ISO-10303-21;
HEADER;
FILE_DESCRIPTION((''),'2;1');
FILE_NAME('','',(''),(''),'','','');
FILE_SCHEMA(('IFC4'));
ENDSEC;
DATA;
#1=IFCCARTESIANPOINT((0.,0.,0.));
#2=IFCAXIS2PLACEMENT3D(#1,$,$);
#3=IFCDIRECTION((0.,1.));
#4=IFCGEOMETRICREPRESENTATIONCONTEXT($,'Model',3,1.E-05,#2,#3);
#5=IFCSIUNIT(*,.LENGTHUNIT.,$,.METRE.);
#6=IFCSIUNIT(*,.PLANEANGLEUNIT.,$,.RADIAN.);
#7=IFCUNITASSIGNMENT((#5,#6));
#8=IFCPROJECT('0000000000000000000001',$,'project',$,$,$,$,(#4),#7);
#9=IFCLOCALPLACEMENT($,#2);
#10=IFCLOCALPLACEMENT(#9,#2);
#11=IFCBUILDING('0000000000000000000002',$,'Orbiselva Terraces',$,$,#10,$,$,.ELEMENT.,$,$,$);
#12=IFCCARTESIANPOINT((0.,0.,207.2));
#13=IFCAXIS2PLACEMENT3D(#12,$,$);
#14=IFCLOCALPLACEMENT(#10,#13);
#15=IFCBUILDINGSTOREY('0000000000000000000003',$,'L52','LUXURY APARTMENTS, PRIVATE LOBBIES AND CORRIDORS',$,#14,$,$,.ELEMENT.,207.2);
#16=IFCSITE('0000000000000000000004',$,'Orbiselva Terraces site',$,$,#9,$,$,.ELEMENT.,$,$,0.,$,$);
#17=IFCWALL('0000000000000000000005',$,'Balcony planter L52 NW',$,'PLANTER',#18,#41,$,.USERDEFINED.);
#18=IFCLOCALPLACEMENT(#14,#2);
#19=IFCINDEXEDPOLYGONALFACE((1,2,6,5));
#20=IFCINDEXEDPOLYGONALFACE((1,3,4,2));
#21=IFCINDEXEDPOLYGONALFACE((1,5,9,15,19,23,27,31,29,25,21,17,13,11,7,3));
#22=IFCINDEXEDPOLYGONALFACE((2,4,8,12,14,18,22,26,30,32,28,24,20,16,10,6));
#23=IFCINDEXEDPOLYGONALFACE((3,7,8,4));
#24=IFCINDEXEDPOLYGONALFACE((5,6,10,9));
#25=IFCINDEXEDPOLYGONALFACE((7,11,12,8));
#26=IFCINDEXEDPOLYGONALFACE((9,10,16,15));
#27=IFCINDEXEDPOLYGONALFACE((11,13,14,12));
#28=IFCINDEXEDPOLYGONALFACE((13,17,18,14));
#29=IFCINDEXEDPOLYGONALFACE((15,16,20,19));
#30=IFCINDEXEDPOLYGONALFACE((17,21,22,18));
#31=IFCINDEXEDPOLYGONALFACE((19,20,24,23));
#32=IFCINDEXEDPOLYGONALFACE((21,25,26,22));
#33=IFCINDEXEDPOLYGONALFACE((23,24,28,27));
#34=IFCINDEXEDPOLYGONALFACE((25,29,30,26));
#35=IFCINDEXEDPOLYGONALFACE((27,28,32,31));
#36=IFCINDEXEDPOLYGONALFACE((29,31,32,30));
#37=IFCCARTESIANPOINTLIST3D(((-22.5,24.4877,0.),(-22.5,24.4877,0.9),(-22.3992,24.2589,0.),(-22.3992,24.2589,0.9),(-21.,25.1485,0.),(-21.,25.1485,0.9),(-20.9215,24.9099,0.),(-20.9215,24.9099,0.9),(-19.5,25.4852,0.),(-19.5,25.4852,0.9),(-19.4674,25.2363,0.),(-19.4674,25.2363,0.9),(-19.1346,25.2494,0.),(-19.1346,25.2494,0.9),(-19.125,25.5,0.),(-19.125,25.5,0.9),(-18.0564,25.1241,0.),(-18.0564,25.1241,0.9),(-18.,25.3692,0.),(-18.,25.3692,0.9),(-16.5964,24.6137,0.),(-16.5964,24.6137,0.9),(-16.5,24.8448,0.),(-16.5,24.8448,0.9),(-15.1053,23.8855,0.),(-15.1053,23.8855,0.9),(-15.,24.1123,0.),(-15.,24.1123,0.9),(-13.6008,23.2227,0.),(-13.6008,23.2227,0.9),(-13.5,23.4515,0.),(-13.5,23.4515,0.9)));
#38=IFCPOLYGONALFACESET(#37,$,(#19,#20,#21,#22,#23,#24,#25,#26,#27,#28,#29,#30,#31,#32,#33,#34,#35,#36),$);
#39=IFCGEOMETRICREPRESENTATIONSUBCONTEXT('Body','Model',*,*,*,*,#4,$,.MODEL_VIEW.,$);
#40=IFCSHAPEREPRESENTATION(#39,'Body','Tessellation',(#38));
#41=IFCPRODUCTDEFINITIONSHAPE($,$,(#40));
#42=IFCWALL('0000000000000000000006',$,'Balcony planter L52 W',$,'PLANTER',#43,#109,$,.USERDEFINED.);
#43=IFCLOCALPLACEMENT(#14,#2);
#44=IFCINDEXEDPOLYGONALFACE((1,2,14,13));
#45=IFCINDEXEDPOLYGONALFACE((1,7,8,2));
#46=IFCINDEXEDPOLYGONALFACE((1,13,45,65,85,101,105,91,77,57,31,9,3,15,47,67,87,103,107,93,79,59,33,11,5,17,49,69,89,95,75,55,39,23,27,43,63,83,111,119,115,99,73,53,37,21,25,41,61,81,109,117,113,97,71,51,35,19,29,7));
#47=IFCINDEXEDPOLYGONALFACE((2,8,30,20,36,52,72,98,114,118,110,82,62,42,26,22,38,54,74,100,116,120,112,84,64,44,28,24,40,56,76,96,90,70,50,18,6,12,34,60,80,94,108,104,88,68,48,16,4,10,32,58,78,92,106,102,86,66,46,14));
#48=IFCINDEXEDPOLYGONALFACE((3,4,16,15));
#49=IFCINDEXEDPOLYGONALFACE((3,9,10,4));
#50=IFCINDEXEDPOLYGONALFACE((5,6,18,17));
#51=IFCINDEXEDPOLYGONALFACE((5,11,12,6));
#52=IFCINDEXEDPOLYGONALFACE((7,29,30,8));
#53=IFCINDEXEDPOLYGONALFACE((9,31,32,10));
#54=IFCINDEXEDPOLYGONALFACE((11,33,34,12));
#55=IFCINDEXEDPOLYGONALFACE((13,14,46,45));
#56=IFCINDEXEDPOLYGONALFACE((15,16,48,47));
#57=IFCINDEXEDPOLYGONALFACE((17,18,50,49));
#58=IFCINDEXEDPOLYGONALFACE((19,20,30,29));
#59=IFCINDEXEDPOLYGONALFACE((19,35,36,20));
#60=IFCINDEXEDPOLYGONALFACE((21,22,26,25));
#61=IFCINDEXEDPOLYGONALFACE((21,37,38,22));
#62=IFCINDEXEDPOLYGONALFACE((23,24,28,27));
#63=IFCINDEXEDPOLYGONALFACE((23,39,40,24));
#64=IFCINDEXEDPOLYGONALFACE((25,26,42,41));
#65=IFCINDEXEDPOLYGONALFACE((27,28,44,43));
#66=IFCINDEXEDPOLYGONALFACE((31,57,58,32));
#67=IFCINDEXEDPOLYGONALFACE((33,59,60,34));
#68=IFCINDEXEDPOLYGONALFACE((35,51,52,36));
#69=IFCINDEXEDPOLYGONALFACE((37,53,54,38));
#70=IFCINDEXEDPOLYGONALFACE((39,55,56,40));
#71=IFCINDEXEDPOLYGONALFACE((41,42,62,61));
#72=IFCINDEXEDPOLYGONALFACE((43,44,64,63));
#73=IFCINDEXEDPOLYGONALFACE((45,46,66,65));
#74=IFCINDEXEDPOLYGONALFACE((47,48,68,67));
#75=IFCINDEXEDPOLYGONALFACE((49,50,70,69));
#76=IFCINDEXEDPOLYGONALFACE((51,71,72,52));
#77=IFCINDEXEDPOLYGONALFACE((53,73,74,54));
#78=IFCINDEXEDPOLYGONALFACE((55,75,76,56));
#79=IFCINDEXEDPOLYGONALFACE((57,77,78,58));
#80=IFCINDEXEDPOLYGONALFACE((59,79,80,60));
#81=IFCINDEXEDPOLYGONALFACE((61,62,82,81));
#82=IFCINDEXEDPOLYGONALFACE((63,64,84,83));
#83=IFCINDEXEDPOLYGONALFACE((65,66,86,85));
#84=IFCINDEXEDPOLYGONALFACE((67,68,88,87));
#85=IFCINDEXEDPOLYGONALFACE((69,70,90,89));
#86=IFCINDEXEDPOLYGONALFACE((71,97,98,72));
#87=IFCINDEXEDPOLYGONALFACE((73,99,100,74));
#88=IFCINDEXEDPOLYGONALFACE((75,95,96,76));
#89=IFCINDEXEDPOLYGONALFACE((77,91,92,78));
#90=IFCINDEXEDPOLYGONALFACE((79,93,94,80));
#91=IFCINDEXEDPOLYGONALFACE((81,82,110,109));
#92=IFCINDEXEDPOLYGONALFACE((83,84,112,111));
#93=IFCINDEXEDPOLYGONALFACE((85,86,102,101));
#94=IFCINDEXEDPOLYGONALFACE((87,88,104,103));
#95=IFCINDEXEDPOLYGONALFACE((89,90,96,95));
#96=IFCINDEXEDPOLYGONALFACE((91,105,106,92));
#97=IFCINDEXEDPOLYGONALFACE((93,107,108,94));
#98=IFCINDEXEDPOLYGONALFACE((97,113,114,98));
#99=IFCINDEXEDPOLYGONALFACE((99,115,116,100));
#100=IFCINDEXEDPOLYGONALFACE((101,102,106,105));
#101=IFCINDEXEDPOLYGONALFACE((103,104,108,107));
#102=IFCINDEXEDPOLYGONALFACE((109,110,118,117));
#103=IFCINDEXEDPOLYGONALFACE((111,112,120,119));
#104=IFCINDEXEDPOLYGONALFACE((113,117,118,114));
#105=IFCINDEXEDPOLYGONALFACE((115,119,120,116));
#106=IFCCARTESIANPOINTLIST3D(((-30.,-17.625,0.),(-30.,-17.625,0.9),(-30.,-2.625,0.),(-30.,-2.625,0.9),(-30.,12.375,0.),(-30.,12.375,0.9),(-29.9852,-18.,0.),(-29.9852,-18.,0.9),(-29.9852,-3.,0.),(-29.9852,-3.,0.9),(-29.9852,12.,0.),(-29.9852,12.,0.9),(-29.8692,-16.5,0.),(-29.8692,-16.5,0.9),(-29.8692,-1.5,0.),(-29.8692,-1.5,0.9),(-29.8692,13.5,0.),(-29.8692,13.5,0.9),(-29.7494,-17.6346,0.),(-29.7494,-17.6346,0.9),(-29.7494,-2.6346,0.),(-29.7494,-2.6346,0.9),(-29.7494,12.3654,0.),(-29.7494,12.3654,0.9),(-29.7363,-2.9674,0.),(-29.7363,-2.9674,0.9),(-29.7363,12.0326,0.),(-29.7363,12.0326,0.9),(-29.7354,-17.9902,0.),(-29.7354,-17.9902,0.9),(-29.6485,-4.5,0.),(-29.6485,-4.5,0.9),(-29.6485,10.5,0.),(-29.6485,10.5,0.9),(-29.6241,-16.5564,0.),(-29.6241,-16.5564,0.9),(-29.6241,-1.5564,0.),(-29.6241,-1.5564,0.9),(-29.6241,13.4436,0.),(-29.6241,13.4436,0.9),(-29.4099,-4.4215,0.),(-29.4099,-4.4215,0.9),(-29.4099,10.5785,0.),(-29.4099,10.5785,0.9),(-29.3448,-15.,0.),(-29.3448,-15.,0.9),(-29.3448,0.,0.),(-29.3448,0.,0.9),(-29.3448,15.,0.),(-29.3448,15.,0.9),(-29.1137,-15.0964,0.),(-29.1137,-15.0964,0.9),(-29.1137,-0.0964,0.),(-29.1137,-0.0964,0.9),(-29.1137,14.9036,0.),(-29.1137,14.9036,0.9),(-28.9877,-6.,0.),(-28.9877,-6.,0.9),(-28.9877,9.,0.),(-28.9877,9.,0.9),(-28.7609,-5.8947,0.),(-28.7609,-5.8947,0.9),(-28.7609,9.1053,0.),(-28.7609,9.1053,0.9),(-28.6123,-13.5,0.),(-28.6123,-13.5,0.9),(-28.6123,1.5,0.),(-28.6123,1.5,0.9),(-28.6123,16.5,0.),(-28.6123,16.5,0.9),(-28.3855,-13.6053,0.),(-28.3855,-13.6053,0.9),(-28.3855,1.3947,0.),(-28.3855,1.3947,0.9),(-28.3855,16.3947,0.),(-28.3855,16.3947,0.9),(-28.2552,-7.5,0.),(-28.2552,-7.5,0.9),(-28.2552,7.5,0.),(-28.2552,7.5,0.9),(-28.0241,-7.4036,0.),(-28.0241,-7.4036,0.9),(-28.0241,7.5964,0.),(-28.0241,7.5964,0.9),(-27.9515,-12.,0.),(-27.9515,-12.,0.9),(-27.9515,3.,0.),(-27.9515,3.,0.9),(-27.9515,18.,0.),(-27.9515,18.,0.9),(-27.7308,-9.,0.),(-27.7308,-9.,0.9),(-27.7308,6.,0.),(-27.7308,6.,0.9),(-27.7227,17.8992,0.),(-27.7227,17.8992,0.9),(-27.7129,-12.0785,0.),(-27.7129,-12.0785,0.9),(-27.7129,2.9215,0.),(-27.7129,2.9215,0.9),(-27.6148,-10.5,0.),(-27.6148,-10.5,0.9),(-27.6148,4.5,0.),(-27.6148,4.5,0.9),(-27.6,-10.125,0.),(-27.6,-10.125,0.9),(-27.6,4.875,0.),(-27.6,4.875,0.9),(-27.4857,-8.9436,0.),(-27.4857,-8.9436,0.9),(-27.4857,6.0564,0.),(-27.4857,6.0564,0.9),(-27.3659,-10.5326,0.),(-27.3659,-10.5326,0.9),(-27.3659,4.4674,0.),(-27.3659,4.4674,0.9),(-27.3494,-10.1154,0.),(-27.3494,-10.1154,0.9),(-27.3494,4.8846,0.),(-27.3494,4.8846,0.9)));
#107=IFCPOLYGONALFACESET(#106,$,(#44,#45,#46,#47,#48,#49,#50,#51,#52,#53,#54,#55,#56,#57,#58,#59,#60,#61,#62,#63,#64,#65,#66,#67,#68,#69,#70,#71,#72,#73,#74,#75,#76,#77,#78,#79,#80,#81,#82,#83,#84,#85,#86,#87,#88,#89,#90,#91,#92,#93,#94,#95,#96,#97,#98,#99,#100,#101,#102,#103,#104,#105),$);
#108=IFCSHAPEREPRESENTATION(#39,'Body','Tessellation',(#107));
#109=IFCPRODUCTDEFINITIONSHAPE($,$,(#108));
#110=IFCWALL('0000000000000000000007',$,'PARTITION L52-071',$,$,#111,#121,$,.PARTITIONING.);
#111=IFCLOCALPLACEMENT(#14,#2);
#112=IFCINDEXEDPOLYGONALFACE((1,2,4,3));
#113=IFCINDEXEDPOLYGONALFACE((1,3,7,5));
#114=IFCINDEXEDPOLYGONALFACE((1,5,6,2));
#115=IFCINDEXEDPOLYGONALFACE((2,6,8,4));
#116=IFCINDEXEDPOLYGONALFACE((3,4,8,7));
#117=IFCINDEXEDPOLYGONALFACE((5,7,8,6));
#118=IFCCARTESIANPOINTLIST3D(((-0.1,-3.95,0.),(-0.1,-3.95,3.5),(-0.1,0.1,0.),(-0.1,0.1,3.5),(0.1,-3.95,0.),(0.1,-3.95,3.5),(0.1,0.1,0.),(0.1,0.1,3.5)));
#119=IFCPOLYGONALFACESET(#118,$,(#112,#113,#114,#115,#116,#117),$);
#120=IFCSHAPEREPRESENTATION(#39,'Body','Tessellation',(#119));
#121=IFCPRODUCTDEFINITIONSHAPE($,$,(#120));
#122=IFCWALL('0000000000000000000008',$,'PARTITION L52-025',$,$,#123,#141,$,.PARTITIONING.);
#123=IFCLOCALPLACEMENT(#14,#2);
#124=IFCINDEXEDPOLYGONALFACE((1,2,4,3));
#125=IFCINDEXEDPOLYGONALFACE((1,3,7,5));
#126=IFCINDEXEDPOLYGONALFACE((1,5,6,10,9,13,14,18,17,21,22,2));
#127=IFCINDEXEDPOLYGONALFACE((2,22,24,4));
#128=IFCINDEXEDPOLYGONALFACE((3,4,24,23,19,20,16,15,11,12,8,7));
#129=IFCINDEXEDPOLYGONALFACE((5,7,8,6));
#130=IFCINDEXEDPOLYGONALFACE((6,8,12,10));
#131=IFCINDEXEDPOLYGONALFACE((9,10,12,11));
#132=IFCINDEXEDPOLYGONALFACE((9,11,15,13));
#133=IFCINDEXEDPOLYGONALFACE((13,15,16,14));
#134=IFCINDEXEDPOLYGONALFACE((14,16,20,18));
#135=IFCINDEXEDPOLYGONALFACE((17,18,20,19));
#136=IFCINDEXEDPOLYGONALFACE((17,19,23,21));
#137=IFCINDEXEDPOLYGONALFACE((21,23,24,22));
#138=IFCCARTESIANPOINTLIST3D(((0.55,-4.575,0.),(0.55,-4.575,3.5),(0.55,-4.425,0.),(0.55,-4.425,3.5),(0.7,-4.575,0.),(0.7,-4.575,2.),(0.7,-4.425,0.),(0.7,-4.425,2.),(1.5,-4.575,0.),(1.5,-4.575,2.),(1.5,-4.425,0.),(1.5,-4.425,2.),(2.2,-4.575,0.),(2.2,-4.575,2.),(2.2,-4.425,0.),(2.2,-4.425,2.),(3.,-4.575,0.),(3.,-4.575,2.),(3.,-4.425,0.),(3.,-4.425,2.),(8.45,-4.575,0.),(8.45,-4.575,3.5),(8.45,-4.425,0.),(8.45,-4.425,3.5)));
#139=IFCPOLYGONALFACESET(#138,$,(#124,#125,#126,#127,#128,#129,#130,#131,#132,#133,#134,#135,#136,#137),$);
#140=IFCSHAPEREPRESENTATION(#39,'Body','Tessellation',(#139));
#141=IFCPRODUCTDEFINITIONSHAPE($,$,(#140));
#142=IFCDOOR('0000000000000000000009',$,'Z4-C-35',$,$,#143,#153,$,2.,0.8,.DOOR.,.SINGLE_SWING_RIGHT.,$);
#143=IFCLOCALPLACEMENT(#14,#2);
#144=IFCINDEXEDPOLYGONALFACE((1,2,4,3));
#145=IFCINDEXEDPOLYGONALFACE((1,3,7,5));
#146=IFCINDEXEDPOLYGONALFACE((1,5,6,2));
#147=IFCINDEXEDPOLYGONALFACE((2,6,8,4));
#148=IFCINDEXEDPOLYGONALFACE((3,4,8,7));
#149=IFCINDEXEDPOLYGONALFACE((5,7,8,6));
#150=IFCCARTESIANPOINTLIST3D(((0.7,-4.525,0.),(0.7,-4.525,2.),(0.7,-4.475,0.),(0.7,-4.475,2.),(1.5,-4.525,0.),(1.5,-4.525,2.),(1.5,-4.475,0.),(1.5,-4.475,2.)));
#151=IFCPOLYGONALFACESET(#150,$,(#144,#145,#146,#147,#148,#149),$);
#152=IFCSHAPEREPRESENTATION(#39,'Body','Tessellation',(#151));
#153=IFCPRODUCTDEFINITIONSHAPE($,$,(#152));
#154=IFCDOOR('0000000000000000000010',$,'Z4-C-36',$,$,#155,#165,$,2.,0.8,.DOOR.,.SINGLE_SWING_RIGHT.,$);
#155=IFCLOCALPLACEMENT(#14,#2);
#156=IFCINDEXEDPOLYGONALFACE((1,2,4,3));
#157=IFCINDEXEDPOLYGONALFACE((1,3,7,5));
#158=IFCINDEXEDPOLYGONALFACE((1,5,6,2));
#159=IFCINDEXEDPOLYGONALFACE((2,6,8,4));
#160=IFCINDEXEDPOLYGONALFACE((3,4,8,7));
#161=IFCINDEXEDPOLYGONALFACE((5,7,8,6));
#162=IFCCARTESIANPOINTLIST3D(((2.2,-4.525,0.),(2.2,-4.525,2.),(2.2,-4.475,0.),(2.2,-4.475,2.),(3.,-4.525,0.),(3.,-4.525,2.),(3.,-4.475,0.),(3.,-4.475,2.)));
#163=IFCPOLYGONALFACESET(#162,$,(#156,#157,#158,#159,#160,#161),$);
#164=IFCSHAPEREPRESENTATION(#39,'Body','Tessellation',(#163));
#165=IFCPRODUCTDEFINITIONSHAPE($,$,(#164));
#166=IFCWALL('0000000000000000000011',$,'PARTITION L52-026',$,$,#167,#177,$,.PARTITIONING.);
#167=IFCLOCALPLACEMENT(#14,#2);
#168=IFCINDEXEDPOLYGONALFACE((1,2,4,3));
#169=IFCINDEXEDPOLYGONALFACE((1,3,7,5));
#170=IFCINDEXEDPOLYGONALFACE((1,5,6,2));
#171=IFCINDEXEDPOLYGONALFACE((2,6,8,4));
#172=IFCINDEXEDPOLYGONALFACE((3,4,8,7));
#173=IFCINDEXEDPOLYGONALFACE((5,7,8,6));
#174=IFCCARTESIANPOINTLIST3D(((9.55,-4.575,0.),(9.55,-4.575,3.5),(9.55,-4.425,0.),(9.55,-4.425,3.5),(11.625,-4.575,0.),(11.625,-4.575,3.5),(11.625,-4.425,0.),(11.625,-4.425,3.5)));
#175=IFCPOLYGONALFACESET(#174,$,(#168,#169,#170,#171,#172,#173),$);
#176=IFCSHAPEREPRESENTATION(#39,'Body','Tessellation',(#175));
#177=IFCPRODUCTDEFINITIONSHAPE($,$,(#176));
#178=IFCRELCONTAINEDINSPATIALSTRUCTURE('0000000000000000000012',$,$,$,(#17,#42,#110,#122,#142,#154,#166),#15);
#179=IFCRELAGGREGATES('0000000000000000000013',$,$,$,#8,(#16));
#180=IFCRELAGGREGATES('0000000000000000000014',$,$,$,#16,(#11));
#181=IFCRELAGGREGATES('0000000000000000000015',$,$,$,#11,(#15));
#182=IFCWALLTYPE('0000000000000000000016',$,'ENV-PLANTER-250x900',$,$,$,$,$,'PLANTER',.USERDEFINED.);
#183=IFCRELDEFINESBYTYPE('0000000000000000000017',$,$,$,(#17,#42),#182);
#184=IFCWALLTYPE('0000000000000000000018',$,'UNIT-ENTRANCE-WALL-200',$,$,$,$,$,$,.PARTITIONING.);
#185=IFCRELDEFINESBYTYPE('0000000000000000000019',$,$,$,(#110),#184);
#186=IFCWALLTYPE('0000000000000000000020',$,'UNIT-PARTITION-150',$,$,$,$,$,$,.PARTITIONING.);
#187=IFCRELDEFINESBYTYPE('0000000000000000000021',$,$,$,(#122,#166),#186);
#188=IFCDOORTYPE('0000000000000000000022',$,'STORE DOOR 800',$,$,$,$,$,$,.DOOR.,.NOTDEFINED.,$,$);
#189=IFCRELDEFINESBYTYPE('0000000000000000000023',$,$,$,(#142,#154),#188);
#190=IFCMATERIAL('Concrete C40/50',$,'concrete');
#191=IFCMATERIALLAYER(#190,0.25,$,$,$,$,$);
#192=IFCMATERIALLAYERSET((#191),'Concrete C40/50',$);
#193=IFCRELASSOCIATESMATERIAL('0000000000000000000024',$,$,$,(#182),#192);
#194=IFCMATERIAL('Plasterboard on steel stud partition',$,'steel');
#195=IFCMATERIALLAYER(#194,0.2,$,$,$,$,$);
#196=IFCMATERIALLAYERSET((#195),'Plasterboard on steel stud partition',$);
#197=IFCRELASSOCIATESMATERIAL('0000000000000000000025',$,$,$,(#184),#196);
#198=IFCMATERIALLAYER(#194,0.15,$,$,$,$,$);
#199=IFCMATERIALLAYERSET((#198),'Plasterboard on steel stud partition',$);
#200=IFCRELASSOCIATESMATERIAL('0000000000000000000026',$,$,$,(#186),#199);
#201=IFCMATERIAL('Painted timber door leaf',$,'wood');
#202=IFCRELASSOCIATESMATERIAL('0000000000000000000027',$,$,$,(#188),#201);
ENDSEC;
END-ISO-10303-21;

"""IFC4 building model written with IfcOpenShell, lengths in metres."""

from ifc_helpers import new_model, si_unit, direction, frame, frame_2d, origin, place, context, subcontext, project, spatial, polyline, rectangle, outline, extrude, material, layer, layer_set, type_object, element, fill, save


model = new_model("IFC4")

# Units and contexts
model_context = context("Model", 3, precision=1e-05, world=origin(), true_north=direction((0.0, 1.0)))
body_context = subcontext(model_context, "Body", "Model", "MODEL_VIEW")
ifc_project = project(units=[si_unit("LENGTHUNIT", "METRE"), si_unit("PLANEANGLEUNIT", "RADIAN")], contexts=[model_context])

# Site, building, storey
site_placement = place(None, origin())
site = spatial("IfcSite", under=ifc_project, at=site_placement, Name="Orbiselva Terraces site", CompositionType="ELEMENT", RefElevation=0.0)
building_placement = place(site_placement, origin())
building = spatial("IfcBuilding", under=site, at=building_placement, Name="Orbiselva Terraces", CompositionType="ELEMENT")
storey_placement = place(building_placement, frame((0.0, 0.0, 207.2)))
storey = spatial("IfcBuildingStorey", under=building, at=storey_placement, Name="L52", Description="LUXURY APARTMENTS, PRIVATE LOBBIES AND CORRIDORS", CompositionType="ELEMENT", Elevation=207.2)

# Shared definitions
ifc_material_1 = material(Name="Concrete C40/50", Category="concrete")

# Walls
ifc_layer_1 = layer(ifc_material_1, 0.25)
ifc_layer_set_1 = layer_set([ifc_layer_1], Name="Concrete C40/50")
wall_type_1 = type_object("IfcWallType", Name="ENV-PLANTER-250x900", ElementType="PLANTER", PredefinedType="USERDEFINED", material=ifc_layer_set_1)
wall_1_placement = place(storey_placement, origin())
element("IfcWall", 1, at=wall_1_placement, inside=storey, type_object=wall_type_1, Name="Balcony planter L52 NW", ObjectType="PLANTER", PredefinedType="USERDEFINED", context=body_context, shape_type="SweptSolid", body=[
    extrude(outline(polyline([(-13.5, 23.4515), (-15.0, 24.1123), (-16.5, 24.8448), (-18.0, 25.3692), (-19.125, 25.5), (-19.5, 25.4852), (-21.0, 25.1485), (-22.5, 24.4877), (-22.3992, 24.2589), (-20.9215, 24.9099), (-19.4674, 25.2363), (-19.1346, 25.2494), (-18.0564, 25.1241), (-16.5964, 24.6137), (-15.1053, 23.8855), (-13.6008, 23.2227), (-13.5, 23.4515)])), origin(), (0.0, 0.0, 1.0), 0.9),
])
wall_2_placement = place(storey_placement, origin())
element("IfcWall", 2, at=wall_2_placement, inside=storey, type_object=wall_type_1, Name="Balcony planter L52 W", ObjectType="PLANTER", PredefinedType="USERDEFINED", context=body_context, shape_type="SweptSolid", body=[
    extrude(outline(polyline([(-27.9515, 18.0), (-28.6123, 16.5), (-29.3448, 15.0), (-29.8692, 13.5), (-30.0, 12.375), (-29.9852, 12.0), (-29.6485, 10.5), (-28.9877, 9.0), (-28.2552, 7.5), (-27.7308, 6.0), (-27.6, 4.875), (-27.6148, 4.5), (-27.9515, 3.0), (-28.6123, 1.5), (-29.3448, 0.0), (-29.8692, -1.5), (-30.0, -2.625), (-29.9852, -3.0), (-29.6485, -4.5), (-28.9877, -6.0), (-28.2552, -7.5), (-27.7308, -9.0), (-27.6, -10.125), (-27.6148, -10.5), (-27.9515, -12.0), (-28.6123, -13.5), (-29.3448, -15.0), (-29.8692, -16.5), (-30.0, -17.625), (-29.9852, -18.0), (-29.7354, -17.9902), (-29.7494, -17.6346), (-29.6241, -16.5564), (-29.1137, -15.0964), (-28.3855, -13.6053), (-27.7129, -12.0785), (-27.3659, -10.5326), (-27.3494, -10.1154), (-27.4857, -8.9436), (-28.0241, -7.4036), (-28.7609, -5.8947), (-29.4099, -4.4215), (-29.7363, -2.9674), (-29.7494, -2.6346), (-29.6241, -1.5564), (-29.1137, -0.0964), (-28.3855, 1.3947), (-27.7129, 2.9215), (-27.3659, 4.4674), (-27.3494, 4.8846), (-27.4857, 6.0564), (-28.0241, 7.5964), (-28.7609, 9.1053), (-29.4099, 10.5785), (-29.7363, 12.0326), (-29.7494, 12.3654), (-29.6241, 13.4436), (-29.1137, 14.9036), (-28.3855, 16.3947), (-27.7227, 17.8992), (-27.9515, 18.0)])), origin(), (0.0, 0.0, 1.0), 0.9),
])
ifc_material_2 = material(Name="Plasterboard on steel stud partition", Category="steel")
ifc_layer_2 = layer(ifc_material_2, 0.2)
ifc_layer_set_2 = layer_set([ifc_layer_2], Name="Plasterboard on steel stud partition")
wall_type_2 = type_object("IfcWallType", Name="UNIT-ENTRANCE-WALL-200", PredefinedType="PARTITIONING", material=ifc_layer_set_2)
wall_3_placement = place(storey_placement, frame((0.0, -3.95, 0.0), z_axis=(0.0, 0.0, 1.0), x_axis=(0.0, 1.0, 0.0)))
element("IfcWall", 3, at=wall_3_placement, inside=storey, type_object=wall_type_2, Name="PARTITION L52-071", PredefinedType="PARTITIONING", context=body_context, shape_type="SweptSolid", body=[
    extrude(rectangle(XDim=4.05, YDim=0.2, at=frame_2d((2.025, 0.0))), origin(), (0.0, 0.0, 1.0), 3.5),
])

# Wall, openings, doors
ifc_layer_3 = layer(ifc_material_2, 0.15)
ifc_layer_set_3 = layer_set([ifc_layer_3], Name="Plasterboard on steel stud partition")
wall_type_3 = type_object("IfcWallType", Name="UNIT-PARTITION-150", PredefinedType="PARTITIONING", material=ifc_layer_set_3)
wall_4_placement = place(storey_placement, frame((8.45, -4.5, 0.0), z_axis=(0.0, 0.0, 1.0), x_axis=(-1.0, 0.0, 0.0)))
wall_4 = element("IfcWall", 4, at=wall_4_placement, inside=storey, type_object=wall_type_3, Name="PARTITION L52-025", PredefinedType="PARTITIONING", context=body_context, shape_type="SweptSolid", body=[
    extrude(rectangle(XDim=7.9, YDim=0.15, at=frame_2d((3.95, 0.0))), origin(), (0.0, 0.0, 1.0), 3.5),
])
opening_1_placement = place(wall_4_placement, frame((6.95, 0.0, 0.0)))
opening_1 = element("IfcOpeningElement", 5, at=opening_1_placement, cuts=wall_4, PredefinedType="OPENING", context=body_context, shape_type="SweptSolid", body=[
    extrude(rectangle(XDim=0.8, YDim=2.0, at=frame_2d((0.4, 1.0))), frame((0.0, 0.085, 0.0), z_axis=(0.0, -1.0, 0.0), x_axis=(1.0, 0.0, 0.0)), (0.0, 0.0, 1.0), 0.17),
])
opening_2_placement = place(wall_4_placement, frame((5.45, 0.0, 0.0)))
opening_2 = element("IfcOpeningElement", 6, at=opening_2_placement, cuts=wall_4, PredefinedType="OPENING", context=body_context, shape_type="SweptSolid", body=[
    extrude(rectangle(XDim=0.8, YDim=2.0, at=frame_2d((0.4, 1.0))), frame((0.0, 0.085, 0.0), z_axis=(0.0, -1.0, 0.0), x_axis=(1.0, 0.0, 0.0)), (0.0, 0.0, 1.0), 0.17),
])
ifc_material_3 = material(Name="Painted timber door leaf", Category="wood")
door_type = type_object("IfcDoorType", Name="STORE DOOR 800", OperationType="NOTDEFINED", PredefinedType="DOOR", material=ifc_material_3)
door_1_placement = place(opening_1_placement, origin())
door_1 = element("IfcDoor", 7, at=door_1_placement, inside=storey, type_object=door_type, Name="Z4-C-35", OperationType="SINGLE_SWING_RIGHT", OverallHeight=2.0, OverallWidth=0.8, PredefinedType="DOOR", context=body_context, shape_type="SweptSolid", body=[
    extrude(rectangle(XDim=0.8, YDim=2.0, at=frame_2d((0.4, 1.0))), frame((0.0, 0.025, 0.0), z_axis=(0.0, -1.0, 0.0), x_axis=(1.0, 0.0, 0.0)), (0.0, 0.0, 1.0), 0.05),
])
fill(opening_1, door_1)
door_2_placement = place(opening_2_placement, origin())
door_2 = element("IfcDoor", 8, at=door_2_placement, inside=storey, type_object=door_type, Name="Z4-C-36", OperationType="SINGLE_SWING_RIGHT", OverallHeight=2.0, OverallWidth=0.8, PredefinedType="DOOR", context=body_context, shape_type="SweptSolid", body=[
    extrude(rectangle(XDim=0.8, YDim=2.0, at=frame_2d((0.4, 1.0))), frame((0.0, 0.025, 0.0), z_axis=(0.0, -1.0, 0.0), x_axis=(1.0, 0.0, 0.0)), (0.0, 0.0, 1.0), 0.05),
])
fill(opening_2, door_2)

# Wall
wall_5_placement = place(storey_placement, frame((9.55, -4.5, 0.0), z_axis=(0.0, 0.0, 1.0), x_axis=(1.0, 0.0, 0.0)))
element("IfcWall", 9, at=wall_5_placement, inside=storey, type_object=wall_type_3, Name="PARTITION L52-026", PredefinedType="PARTITIONING", context=body_context, shape_type="SweptSolid", body=[
    extrude(rectangle(XDim=2.075, YDim=0.15, at=frame_2d((1.0375, 0.0))), origin(), (0.0, 0.0, 1.0), 3.5),
])

save(model, "model.ifc")
